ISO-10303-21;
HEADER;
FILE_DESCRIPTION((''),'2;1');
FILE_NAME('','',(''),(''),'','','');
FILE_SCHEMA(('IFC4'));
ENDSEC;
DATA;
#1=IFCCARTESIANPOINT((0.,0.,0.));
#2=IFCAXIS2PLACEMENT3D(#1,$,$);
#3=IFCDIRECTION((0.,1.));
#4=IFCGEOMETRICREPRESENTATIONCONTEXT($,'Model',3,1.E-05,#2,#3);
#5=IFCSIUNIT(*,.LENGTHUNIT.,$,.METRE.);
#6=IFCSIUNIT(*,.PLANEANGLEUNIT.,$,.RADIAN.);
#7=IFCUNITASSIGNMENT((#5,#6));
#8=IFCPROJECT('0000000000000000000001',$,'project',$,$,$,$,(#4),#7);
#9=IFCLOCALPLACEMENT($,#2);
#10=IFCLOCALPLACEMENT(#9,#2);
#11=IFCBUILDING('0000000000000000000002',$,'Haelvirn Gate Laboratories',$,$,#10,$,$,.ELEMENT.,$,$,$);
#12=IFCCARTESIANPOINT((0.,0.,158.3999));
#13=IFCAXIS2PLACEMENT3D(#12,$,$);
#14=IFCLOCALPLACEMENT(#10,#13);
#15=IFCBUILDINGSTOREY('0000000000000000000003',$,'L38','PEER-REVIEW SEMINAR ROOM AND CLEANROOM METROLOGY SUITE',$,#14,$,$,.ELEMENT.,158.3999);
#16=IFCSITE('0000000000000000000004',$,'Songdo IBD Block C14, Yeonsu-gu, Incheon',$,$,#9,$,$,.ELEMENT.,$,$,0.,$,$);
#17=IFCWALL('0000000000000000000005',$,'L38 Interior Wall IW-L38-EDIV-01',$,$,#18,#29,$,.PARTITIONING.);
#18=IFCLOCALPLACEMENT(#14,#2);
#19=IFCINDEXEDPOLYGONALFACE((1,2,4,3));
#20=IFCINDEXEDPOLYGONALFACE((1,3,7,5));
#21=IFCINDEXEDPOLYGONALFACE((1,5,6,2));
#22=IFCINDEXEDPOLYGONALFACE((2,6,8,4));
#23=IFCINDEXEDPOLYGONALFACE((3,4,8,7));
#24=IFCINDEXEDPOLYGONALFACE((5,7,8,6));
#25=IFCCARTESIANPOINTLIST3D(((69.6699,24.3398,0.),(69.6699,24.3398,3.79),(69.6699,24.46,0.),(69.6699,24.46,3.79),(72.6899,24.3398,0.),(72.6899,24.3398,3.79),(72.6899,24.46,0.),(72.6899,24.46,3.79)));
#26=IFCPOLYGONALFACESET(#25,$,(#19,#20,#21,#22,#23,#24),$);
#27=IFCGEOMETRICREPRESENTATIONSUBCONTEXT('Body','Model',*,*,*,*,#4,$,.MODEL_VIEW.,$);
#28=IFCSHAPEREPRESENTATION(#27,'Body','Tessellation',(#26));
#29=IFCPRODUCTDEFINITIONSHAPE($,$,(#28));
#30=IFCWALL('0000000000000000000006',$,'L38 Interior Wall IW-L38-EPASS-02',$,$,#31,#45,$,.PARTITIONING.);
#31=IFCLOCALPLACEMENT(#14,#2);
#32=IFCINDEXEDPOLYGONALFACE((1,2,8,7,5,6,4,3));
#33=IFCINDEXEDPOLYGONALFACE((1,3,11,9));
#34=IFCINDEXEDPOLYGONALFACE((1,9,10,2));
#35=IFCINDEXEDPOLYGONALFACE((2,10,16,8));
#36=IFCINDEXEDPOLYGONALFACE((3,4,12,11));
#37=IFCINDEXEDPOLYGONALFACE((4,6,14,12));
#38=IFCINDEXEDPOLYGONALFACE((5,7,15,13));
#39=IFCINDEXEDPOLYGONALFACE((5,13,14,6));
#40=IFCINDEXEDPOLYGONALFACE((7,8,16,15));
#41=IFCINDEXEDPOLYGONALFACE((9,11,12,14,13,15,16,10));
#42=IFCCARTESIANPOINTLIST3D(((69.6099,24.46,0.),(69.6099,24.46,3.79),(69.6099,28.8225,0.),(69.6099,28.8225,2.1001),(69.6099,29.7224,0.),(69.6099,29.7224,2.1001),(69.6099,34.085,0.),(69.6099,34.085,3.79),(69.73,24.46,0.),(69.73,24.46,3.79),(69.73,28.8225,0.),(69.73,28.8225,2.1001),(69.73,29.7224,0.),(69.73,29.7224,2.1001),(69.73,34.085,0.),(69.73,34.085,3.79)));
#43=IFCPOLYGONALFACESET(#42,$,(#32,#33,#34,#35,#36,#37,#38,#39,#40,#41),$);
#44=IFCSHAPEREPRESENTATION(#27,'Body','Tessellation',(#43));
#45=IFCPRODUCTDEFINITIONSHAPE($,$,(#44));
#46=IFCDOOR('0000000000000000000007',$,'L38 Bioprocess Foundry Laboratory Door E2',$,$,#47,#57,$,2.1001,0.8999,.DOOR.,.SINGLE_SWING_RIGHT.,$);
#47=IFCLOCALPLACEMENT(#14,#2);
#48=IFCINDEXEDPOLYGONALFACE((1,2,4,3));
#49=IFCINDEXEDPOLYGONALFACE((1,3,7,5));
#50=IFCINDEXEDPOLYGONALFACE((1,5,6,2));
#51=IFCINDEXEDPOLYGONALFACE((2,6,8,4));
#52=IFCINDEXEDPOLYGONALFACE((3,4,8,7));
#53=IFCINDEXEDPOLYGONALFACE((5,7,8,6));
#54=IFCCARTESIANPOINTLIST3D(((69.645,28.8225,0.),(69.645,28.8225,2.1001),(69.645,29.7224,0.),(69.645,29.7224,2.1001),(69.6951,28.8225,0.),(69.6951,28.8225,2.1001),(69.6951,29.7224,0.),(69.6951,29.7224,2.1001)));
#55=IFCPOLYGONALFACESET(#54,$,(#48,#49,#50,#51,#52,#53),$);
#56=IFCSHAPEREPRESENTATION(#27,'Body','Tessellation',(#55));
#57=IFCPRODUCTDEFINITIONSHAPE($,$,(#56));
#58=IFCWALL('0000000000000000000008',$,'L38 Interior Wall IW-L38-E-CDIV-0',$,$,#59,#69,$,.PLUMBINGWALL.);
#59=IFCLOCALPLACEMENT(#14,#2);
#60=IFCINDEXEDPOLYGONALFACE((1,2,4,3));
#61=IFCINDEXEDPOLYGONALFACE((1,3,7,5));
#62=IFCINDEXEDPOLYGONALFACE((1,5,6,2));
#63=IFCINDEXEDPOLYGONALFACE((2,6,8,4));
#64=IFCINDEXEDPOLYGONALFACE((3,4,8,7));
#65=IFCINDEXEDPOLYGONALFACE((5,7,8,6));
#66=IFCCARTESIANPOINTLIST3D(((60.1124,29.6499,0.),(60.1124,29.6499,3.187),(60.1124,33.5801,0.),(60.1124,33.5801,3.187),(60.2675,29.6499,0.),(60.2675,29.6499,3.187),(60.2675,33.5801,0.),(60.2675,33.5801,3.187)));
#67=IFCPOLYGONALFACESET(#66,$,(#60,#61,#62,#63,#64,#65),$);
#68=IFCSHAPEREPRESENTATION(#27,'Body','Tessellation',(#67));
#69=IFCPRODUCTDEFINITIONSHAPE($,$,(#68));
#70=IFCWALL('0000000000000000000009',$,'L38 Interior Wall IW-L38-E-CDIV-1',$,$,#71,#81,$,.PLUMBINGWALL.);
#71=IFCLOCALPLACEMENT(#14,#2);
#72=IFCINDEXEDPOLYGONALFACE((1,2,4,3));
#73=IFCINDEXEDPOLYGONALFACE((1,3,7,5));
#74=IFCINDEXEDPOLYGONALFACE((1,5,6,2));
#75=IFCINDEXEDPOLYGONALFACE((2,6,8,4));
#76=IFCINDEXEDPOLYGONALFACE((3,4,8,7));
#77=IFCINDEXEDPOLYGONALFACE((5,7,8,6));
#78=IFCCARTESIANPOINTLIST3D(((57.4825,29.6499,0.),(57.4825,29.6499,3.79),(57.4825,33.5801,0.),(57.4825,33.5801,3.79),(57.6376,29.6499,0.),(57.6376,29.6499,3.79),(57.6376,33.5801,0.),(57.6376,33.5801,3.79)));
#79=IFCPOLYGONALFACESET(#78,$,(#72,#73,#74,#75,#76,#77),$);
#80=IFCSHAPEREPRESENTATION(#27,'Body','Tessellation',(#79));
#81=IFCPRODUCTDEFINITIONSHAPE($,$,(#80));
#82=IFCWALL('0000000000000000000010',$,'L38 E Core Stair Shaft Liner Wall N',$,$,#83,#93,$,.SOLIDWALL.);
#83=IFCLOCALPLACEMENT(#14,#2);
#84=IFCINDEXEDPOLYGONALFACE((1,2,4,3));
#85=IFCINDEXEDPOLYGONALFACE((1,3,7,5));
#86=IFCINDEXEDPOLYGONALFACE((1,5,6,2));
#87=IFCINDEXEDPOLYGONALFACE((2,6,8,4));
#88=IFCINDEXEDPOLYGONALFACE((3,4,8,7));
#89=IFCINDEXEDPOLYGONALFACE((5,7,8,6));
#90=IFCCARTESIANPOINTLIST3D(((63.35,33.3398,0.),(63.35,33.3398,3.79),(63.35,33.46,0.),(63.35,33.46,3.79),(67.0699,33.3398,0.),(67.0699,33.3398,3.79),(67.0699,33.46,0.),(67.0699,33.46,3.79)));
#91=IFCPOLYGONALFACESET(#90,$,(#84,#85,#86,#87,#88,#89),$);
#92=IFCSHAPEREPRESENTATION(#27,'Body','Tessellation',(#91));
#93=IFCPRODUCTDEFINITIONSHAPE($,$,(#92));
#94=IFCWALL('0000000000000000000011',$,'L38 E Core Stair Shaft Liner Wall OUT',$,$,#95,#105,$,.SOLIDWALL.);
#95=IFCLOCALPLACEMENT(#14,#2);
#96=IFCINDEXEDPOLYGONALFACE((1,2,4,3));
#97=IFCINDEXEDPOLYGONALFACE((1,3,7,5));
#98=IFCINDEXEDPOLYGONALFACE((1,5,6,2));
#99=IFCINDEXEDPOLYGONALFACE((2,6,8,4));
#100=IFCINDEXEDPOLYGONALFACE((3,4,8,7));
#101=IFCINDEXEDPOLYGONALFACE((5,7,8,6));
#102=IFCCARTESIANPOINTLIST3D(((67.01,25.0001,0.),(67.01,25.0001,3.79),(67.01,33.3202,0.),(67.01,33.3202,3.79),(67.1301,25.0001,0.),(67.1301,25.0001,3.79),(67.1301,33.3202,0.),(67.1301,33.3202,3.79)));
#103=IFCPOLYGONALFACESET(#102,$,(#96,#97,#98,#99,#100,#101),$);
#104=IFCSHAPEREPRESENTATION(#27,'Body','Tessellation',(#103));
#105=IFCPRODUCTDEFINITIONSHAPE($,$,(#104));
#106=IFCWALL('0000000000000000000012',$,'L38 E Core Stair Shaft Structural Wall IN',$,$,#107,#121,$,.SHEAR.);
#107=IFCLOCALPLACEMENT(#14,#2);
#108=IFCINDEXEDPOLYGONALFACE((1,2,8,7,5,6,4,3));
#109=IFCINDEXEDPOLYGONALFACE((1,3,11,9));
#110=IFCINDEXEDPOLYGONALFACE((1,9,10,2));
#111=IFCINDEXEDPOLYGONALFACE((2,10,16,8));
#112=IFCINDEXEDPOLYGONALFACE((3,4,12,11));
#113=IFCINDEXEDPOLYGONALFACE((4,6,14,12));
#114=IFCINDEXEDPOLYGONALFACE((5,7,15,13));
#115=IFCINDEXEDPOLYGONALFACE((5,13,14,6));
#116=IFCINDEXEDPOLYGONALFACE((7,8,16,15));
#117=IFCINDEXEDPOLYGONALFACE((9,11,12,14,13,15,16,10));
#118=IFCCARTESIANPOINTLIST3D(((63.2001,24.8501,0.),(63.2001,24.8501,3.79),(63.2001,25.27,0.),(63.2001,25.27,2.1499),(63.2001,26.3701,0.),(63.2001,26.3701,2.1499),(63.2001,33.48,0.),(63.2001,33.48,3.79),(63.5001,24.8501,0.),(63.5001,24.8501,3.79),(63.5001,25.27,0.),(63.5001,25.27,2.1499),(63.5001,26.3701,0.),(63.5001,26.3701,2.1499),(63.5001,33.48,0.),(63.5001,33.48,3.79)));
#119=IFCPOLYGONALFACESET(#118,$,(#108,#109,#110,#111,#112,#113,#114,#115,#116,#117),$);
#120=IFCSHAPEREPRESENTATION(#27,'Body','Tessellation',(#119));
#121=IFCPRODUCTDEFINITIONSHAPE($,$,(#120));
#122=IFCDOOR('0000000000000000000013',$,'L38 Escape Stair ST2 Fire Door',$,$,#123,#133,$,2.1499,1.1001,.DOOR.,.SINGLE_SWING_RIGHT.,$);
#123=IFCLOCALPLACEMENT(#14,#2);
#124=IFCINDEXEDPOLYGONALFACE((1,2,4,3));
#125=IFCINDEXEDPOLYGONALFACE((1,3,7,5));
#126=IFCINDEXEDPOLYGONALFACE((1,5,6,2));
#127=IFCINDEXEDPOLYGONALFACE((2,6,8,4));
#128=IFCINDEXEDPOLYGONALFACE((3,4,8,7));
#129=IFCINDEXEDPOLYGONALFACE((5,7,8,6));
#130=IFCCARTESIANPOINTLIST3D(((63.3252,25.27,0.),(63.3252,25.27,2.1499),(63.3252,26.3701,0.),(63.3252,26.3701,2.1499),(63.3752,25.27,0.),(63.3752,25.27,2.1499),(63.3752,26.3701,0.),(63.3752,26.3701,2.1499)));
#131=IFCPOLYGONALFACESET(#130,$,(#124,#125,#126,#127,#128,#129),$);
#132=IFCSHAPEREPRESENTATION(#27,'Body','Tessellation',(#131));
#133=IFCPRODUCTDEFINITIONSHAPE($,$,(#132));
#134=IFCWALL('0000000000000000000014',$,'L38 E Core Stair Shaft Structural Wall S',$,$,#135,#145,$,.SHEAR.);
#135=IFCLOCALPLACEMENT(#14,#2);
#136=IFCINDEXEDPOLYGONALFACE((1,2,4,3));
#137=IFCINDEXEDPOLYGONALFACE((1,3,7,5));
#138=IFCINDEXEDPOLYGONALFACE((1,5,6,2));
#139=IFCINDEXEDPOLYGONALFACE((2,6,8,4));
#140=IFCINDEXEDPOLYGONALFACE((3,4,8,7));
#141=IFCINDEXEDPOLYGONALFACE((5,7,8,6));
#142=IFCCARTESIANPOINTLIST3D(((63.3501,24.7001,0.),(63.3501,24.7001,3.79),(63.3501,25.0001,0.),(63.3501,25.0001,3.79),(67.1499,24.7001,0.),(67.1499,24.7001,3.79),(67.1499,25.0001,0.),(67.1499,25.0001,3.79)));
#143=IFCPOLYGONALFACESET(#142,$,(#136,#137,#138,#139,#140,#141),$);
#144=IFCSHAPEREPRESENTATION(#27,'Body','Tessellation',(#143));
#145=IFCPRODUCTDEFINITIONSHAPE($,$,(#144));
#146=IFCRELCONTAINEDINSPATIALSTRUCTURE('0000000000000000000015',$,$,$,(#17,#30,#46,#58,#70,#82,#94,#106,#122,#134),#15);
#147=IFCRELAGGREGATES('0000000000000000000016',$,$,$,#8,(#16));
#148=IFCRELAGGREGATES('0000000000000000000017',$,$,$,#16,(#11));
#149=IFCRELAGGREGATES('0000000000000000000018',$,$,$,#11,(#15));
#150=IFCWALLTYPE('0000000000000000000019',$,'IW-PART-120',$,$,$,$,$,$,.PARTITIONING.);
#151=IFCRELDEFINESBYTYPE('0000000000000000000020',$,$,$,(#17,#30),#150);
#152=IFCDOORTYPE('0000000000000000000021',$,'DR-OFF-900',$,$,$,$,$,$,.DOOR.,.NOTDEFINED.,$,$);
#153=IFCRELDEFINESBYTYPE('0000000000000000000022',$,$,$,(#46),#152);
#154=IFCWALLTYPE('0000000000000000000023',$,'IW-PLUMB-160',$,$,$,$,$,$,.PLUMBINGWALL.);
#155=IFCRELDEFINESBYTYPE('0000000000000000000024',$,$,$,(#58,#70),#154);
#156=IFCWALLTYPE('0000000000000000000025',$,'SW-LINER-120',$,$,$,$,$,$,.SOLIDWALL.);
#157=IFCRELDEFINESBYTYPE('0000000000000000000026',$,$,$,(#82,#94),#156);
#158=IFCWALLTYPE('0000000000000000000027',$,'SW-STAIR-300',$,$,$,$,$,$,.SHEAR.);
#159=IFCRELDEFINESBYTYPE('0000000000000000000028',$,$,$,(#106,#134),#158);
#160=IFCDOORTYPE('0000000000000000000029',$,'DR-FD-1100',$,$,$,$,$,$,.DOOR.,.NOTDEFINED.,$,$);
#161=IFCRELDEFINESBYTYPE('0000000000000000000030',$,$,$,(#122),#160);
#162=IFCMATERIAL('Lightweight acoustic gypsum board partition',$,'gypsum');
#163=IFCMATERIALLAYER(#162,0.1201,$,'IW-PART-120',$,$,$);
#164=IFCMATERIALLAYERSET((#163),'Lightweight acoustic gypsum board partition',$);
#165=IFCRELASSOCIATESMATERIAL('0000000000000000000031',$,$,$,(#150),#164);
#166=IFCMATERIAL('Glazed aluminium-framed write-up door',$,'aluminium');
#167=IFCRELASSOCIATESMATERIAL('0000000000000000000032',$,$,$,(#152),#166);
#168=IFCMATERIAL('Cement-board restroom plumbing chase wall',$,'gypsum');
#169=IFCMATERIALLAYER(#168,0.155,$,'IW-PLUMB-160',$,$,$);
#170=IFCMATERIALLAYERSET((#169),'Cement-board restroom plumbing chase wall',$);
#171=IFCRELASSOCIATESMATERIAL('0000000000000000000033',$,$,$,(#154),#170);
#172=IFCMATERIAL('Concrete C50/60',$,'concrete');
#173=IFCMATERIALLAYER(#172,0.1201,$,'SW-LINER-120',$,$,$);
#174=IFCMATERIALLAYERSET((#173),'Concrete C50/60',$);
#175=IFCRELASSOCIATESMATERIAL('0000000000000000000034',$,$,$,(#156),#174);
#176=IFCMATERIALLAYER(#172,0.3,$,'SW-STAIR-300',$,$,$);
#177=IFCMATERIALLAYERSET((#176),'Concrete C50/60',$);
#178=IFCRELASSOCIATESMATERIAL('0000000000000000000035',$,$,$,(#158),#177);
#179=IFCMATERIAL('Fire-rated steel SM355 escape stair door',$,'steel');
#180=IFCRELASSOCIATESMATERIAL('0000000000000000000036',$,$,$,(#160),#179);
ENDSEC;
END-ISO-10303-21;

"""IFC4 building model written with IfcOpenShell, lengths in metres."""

from ifc_helpers import new_model, si_unit, direction, frame, frame_2d, origin, place, context, subcontext, project, spatial, rectangle, extrude, source, transform, mapped, material, layer, layer_set, type_object, type_shapes, element, fill, save


model = new_model("IFC4")

# Units and contexts
model_context = context("Model", 3, precision=1e-05, world=origin(), true_north=direction((0.0, 1.0)))
body_context = subcontext(model_context, "Body", "Model", "MODEL_VIEW")
ifc_project = project(units=[si_unit("LENGTHUNIT", "METRE"), si_unit("PLANEANGLEUNIT", "RADIAN")], contexts=[model_context])

# Site, building, storey
site_placement = place(None, origin())
site = spatial("IfcSite", under=ifc_project, at=site_placement, Name="Songdo IBD Block C14, Yeonsu-gu, Incheon", CompositionType="ELEMENT", RefElevation=0.0)
building_placement = place(site_placement, origin())
building = spatial("IfcBuilding", under=site, at=building_placement, Name="Haelvirn Gate Laboratories", CompositionType="ELEMENT")
storey_placement = place(building_placement, frame((0.0, 0.0, 158.3999)))
storey = spatial("IfcBuildingStorey", under=building, at=storey_placement, Name="L38", Description="PEER-REVIEW SEMINAR ROOM AND CLEANROOM METROLOGY SUITE", CompositionType="ELEMENT", Elevation=158.3999)

# Wall
ifc_material_1 = material(Name="Lightweight acoustic gypsum board partition", Category="gypsum")
ifc_layer_1 = layer(ifc_material_1, 0.1201, Name="IW-PART-120")
ifc_layer_set_1 = layer_set([ifc_layer_1], Name="Lightweight acoustic gypsum board partition")
wall_type_1 = type_object("IfcWallType", Name="IW-PART-120", PredefinedType="PARTITIONING", material=ifc_layer_set_1)
wall_1_placement = place(storey_placement, frame((69.6699, 24.3999, 0.0), z_axis=(0.0, 0.0, 1.0), x_axis=(1.0, 0.0, 0.0)))
element("IfcWall", 1, at=wall_1_placement, inside=storey, type_object=wall_type_1, Name="L38 Interior Wall IW-L38-EDIV-01", PredefinedType="PARTITIONING", context=body_context, shape_type="SweptSolid", body=[
    extrude(rectangle(XDim=3.02, YDim=0.1201, at=frame_2d((1.51, 0.0))), origin(), (0.0, 0.0, 1.0), 3.79),
])

# Wall, opening, door
wall_2_placement = place(storey_placement, frame((69.6699, 24.46, 0.0), z_axis=(0.0, 0.0, 1.0), x_axis=(0.0, 1.0, 0.0)))
wall_2 = element("IfcWall", 2, at=wall_2_placement, inside=storey, type_object=wall_type_1, Name="L38 Interior Wall IW-L38-EPASS-02", PredefinedType="PARTITIONING", context=body_context, shape_type="SweptSolid", body=[
    extrude(rectangle(XDim=9.625, YDim=0.1201, at=frame_2d((4.8125, 0.0))), origin(), (0.0, 0.0, 1.0), 3.79),
])
opening_1_placement = place(wall_2_placement, frame((4.3625, 0.0, 0.0)))
opening_1 = element("IfcOpeningElement", 3, at=opening_1_placement, cuts=wall_2, PredefinedType="OPENING", context=body_context, shape_type="SweptSolid", body=[
    extrude(rectangle(XDim=0.8999, YDim=2.1001, at=frame_2d((0.45, 1.05))), frame((0.0, 0.0701, 0.0), z_axis=(0.0, -1.0, 0.0), x_axis=(1.0, 0.0, 0.0)), (0.0, 0.0, 1.0), 0.1401),
])
ifc_material_2 = material(Name="Glazed aluminium-framed write-up door", Category="aluminium")
door_type_1 = type_object("IfcDoorType", Name="DR-OFF-900", OperationType="NOTDEFINED", PredefinedType="DOOR", material=ifc_material_2)
shared_shape_1 = source(origin(), body_context, "Body", "SweptSolid", [
    extrude(rectangle(XDim=0.8999, YDim=2.1001, at=frame_2d((0.45, 1.05))), frame((0.0, 0.0249, 0.0), z_axis=(0.0, -1.0, 0.0), x_axis=(1.0, 0.0, 0.0)), (0.0, 0.0, 1.0), 0.05),
])
type_shapes(door_type_1, [shared_shape_1])
door_1_placement = place(opening_1_placement, origin())
door_1 = element("IfcDoor", 4, at=door_1_placement, inside=storey, type_object=door_type_1, Name="L38 Bioprocess Foundry Laboratory Door E2", OperationType="SINGLE_SWING_RIGHT", OverallHeight=2.1001, OverallWidth=0.8999, PredefinedType="DOOR", context=body_context, shape_type="MappedRepresentation", body=[
    mapped(shared_shape_1, transform((0.0, 0.0, 0.0), scale=1.0)),
])
fill(opening_1, door_1)

# Walls
ifc_material_3 = material(Name="Cement-board restroom plumbing chase wall", Category="gypsum")
ifc_layer_2 = layer(ifc_material_3, 0.155, Name="IW-PLUMB-160")
ifc_layer_set_2 = layer_set([ifc_layer_2], Name="Cement-board restroom plumbing chase wall")
wall_type_2 = type_object("IfcWallType", Name="IW-PLUMB-160", PredefinedType="PLUMBINGWALL", material=ifc_layer_set_2)
wall_3_placement = place(storey_placement, frame((60.1899, 29.6499, 0.0), z_axis=(0.0, 0.0, 1.0), x_axis=(0.0, 1.0, 0.0)))
element("IfcWall", 5, at=wall_3_placement, inside=storey, type_object=wall_type_2, Name="L38 Interior Wall IW-L38-E-CDIV-0", PredefinedType="PLUMBINGWALL", context=body_context, shape_type="SweptSolid", body=[
    extrude(rectangle(XDim=3.9302, YDim=0.155, at=frame_2d((1.9651, 0.0))), origin(), (0.0, 0.0, 1.0), 3.187),
])
wall_4_placement = place(storey_placement, frame((57.5601, 29.6499, 0.0), z_axis=(0.0, 0.0, 1.0), x_axis=(0.0, 1.0, 0.0)))
element("IfcWall", 6, at=wall_4_placement, inside=storey, type_object=wall_type_2, Name="L38 Interior Wall IW-L38-E-CDIV-1", PredefinedType="PLUMBINGWALL", context=body_context, shape_type="SweptSolid", body=[
    extrude(rectangle(XDim=3.9302, YDim=0.155, at=frame_2d((1.9651, 0.0))), origin(), (0.0, 0.0, 1.0), 3.79),
])
ifc_material_4 = material(Name="Concrete C50/60", Category="concrete")
ifc_layer_3 = layer(ifc_material_4, 0.1201, Name="SW-LINER-120")
ifc_layer_set_3 = layer_set([ifc_layer_3], Name="Concrete C50/60")
wall_type_3 = type_object("IfcWallType", Name="SW-LINER-120", PredefinedType="SOLIDWALL", material=ifc_layer_set_3)
wall_5_placement = place(storey_placement, frame((63.3501, 33.3999, 0.0), z_axis=(0.0, 0.0, 1.0), x_axis=(1.0, 0.0, 0.0)))
element("IfcWall", 7, at=wall_5_placement, inside=storey, type_object=wall_type_3, Name="L38 E Core Stair Shaft Liner Wall N", PredefinedType="SOLIDWALL", context=body_context, shape_type="SweptSolid", body=[
    extrude(rectangle(XDim=3.72, YDim=0.1201, at=frame_2d((1.8599, 0.0))), origin(), (0.0, 0.0, 1.0), 3.79),
])
wall_6_placement = place(storey_placement, frame((67.0701, 25.0, 0.0), z_axis=(0.0, 0.0, 1.0), x_axis=(0.0, 1.0, 0.0)))
element("IfcWall", 8, at=wall_6_placement, inside=storey, type_object=wall_type_3, Name="L38 E Core Stair Shaft Liner Wall OUT", PredefinedType="SOLIDWALL", context=body_context, shape_type="SweptSolid", body=[
    extrude(rectangle(XDim=8.3201, YDim=0.1201, at=frame_2d((4.1602, 0.0))), origin(), (0.0, 0.0, 1.0), 3.79),
])

# Wall, opening, door
ifc_layer_4 = layer(ifc_material_4, 0.3, Name="SW-STAIR-300")
ifc_layer_set_4 = layer_set([ifc_layer_4], Name="Concrete C50/60")
wall_type_4 = type_object("IfcWallType", Name="SW-STAIR-300", PredefinedType="SHEAR", material=ifc_layer_set_4)
wall_7_placement = place(storey_placement, frame((63.3501, 24.8501, 0.0), z_axis=(0.0, 0.0, 1.0), x_axis=(0.0, 1.0, 0.0)))
wall_7 = element("IfcWall", 9, at=wall_7_placement, inside=storey, type_object=wall_type_4, Name="L38 E Core Stair Shaft Structural Wall IN", PredefinedType="SHEAR", context=body_context, shape_type="SweptSolid", body=[
    extrude(rectangle(XDim=8.6299, YDim=0.3, at=frame_2d((4.3149, 0.0))), origin(), (0.0, 0.0, 1.0), 3.79),
])
opening_2_placement = place(wall_7_placement, frame((0.4199, 0.0, 0.0)))
opening_2 = element("IfcOpeningElement", 10, at=opening_2_placement, cuts=wall_7, PredefinedType="OPENING", context=body_context, shape_type="SweptSolid", body=[
    extrude(rectangle(XDim=1.1001, YDim=2.1499, at=frame_2d((0.55, 1.075))), frame((0.0, 0.1602, 0.0), z_axis=(0.0, -1.0, 0.0), x_axis=(1.0, 0.0, 0.0)), (0.0, 0.0, 1.0), 0.3201),
])
ifc_material_5 = material(Name="Fire-rated steel SM355 escape stair door", Category="steel")
door_type_2 = type_object("IfcDoorType", Name="DR-FD-1100", OperationType="NOTDEFINED", PredefinedType="DOOR", material=ifc_material_5)
shared_shape_2 = source(origin(), body_context, "Body", "SweptSolid", [
    extrude(rectangle(XDim=1.1001, YDim=2.1499, at=frame_2d((0.55, 1.075))), frame((0.0, 0.0249, 0.0), z_axis=(0.0, -1.0, 0.0), x_axis=(1.0, 0.0, 0.0)), (0.0, 0.0, 1.0), 0.05),
])
type_shapes(door_type_2, [shared_shape_2])
door_2_placement = place(opening_2_placement, origin())
door_2 = element("IfcDoor", 11, at=door_2_placement, inside=storey, type_object=door_type_2, Name="L38 Escape Stair ST2 Fire Door", OperationType="SINGLE_SWING_RIGHT", OverallHeight=2.1499, OverallWidth=1.1001, PredefinedType="DOOR", context=body_context, shape_type="MappedRepresentation", body=[
    mapped(shared_shape_2, transform((0.0, 0.0, 0.0), scale=1.0)),
])
fill(opening_2, door_2)

# Wall
wall_8_placement = place(storey_placement, frame((63.3501, 24.8501, 0.0), z_axis=(0.0, 0.0, 1.0), x_axis=(1.0, 0.0, 0.0)))
element("IfcWall", 12, at=wall_8_placement, inside=storey, type_object=wall_type_4, Name="L38 E Core Stair Shaft Structural Wall S", PredefinedType="SHEAR", context=body_context, shape_type="SweptSolid", body=[
    extrude(rectangle(XDim=3.7998, YDim=0.3, at=frame_2d((1.8999, 0.0))), origin(), (0.0, 0.0, 1.0), 3.79),
])

save(model, "model.ifc")
